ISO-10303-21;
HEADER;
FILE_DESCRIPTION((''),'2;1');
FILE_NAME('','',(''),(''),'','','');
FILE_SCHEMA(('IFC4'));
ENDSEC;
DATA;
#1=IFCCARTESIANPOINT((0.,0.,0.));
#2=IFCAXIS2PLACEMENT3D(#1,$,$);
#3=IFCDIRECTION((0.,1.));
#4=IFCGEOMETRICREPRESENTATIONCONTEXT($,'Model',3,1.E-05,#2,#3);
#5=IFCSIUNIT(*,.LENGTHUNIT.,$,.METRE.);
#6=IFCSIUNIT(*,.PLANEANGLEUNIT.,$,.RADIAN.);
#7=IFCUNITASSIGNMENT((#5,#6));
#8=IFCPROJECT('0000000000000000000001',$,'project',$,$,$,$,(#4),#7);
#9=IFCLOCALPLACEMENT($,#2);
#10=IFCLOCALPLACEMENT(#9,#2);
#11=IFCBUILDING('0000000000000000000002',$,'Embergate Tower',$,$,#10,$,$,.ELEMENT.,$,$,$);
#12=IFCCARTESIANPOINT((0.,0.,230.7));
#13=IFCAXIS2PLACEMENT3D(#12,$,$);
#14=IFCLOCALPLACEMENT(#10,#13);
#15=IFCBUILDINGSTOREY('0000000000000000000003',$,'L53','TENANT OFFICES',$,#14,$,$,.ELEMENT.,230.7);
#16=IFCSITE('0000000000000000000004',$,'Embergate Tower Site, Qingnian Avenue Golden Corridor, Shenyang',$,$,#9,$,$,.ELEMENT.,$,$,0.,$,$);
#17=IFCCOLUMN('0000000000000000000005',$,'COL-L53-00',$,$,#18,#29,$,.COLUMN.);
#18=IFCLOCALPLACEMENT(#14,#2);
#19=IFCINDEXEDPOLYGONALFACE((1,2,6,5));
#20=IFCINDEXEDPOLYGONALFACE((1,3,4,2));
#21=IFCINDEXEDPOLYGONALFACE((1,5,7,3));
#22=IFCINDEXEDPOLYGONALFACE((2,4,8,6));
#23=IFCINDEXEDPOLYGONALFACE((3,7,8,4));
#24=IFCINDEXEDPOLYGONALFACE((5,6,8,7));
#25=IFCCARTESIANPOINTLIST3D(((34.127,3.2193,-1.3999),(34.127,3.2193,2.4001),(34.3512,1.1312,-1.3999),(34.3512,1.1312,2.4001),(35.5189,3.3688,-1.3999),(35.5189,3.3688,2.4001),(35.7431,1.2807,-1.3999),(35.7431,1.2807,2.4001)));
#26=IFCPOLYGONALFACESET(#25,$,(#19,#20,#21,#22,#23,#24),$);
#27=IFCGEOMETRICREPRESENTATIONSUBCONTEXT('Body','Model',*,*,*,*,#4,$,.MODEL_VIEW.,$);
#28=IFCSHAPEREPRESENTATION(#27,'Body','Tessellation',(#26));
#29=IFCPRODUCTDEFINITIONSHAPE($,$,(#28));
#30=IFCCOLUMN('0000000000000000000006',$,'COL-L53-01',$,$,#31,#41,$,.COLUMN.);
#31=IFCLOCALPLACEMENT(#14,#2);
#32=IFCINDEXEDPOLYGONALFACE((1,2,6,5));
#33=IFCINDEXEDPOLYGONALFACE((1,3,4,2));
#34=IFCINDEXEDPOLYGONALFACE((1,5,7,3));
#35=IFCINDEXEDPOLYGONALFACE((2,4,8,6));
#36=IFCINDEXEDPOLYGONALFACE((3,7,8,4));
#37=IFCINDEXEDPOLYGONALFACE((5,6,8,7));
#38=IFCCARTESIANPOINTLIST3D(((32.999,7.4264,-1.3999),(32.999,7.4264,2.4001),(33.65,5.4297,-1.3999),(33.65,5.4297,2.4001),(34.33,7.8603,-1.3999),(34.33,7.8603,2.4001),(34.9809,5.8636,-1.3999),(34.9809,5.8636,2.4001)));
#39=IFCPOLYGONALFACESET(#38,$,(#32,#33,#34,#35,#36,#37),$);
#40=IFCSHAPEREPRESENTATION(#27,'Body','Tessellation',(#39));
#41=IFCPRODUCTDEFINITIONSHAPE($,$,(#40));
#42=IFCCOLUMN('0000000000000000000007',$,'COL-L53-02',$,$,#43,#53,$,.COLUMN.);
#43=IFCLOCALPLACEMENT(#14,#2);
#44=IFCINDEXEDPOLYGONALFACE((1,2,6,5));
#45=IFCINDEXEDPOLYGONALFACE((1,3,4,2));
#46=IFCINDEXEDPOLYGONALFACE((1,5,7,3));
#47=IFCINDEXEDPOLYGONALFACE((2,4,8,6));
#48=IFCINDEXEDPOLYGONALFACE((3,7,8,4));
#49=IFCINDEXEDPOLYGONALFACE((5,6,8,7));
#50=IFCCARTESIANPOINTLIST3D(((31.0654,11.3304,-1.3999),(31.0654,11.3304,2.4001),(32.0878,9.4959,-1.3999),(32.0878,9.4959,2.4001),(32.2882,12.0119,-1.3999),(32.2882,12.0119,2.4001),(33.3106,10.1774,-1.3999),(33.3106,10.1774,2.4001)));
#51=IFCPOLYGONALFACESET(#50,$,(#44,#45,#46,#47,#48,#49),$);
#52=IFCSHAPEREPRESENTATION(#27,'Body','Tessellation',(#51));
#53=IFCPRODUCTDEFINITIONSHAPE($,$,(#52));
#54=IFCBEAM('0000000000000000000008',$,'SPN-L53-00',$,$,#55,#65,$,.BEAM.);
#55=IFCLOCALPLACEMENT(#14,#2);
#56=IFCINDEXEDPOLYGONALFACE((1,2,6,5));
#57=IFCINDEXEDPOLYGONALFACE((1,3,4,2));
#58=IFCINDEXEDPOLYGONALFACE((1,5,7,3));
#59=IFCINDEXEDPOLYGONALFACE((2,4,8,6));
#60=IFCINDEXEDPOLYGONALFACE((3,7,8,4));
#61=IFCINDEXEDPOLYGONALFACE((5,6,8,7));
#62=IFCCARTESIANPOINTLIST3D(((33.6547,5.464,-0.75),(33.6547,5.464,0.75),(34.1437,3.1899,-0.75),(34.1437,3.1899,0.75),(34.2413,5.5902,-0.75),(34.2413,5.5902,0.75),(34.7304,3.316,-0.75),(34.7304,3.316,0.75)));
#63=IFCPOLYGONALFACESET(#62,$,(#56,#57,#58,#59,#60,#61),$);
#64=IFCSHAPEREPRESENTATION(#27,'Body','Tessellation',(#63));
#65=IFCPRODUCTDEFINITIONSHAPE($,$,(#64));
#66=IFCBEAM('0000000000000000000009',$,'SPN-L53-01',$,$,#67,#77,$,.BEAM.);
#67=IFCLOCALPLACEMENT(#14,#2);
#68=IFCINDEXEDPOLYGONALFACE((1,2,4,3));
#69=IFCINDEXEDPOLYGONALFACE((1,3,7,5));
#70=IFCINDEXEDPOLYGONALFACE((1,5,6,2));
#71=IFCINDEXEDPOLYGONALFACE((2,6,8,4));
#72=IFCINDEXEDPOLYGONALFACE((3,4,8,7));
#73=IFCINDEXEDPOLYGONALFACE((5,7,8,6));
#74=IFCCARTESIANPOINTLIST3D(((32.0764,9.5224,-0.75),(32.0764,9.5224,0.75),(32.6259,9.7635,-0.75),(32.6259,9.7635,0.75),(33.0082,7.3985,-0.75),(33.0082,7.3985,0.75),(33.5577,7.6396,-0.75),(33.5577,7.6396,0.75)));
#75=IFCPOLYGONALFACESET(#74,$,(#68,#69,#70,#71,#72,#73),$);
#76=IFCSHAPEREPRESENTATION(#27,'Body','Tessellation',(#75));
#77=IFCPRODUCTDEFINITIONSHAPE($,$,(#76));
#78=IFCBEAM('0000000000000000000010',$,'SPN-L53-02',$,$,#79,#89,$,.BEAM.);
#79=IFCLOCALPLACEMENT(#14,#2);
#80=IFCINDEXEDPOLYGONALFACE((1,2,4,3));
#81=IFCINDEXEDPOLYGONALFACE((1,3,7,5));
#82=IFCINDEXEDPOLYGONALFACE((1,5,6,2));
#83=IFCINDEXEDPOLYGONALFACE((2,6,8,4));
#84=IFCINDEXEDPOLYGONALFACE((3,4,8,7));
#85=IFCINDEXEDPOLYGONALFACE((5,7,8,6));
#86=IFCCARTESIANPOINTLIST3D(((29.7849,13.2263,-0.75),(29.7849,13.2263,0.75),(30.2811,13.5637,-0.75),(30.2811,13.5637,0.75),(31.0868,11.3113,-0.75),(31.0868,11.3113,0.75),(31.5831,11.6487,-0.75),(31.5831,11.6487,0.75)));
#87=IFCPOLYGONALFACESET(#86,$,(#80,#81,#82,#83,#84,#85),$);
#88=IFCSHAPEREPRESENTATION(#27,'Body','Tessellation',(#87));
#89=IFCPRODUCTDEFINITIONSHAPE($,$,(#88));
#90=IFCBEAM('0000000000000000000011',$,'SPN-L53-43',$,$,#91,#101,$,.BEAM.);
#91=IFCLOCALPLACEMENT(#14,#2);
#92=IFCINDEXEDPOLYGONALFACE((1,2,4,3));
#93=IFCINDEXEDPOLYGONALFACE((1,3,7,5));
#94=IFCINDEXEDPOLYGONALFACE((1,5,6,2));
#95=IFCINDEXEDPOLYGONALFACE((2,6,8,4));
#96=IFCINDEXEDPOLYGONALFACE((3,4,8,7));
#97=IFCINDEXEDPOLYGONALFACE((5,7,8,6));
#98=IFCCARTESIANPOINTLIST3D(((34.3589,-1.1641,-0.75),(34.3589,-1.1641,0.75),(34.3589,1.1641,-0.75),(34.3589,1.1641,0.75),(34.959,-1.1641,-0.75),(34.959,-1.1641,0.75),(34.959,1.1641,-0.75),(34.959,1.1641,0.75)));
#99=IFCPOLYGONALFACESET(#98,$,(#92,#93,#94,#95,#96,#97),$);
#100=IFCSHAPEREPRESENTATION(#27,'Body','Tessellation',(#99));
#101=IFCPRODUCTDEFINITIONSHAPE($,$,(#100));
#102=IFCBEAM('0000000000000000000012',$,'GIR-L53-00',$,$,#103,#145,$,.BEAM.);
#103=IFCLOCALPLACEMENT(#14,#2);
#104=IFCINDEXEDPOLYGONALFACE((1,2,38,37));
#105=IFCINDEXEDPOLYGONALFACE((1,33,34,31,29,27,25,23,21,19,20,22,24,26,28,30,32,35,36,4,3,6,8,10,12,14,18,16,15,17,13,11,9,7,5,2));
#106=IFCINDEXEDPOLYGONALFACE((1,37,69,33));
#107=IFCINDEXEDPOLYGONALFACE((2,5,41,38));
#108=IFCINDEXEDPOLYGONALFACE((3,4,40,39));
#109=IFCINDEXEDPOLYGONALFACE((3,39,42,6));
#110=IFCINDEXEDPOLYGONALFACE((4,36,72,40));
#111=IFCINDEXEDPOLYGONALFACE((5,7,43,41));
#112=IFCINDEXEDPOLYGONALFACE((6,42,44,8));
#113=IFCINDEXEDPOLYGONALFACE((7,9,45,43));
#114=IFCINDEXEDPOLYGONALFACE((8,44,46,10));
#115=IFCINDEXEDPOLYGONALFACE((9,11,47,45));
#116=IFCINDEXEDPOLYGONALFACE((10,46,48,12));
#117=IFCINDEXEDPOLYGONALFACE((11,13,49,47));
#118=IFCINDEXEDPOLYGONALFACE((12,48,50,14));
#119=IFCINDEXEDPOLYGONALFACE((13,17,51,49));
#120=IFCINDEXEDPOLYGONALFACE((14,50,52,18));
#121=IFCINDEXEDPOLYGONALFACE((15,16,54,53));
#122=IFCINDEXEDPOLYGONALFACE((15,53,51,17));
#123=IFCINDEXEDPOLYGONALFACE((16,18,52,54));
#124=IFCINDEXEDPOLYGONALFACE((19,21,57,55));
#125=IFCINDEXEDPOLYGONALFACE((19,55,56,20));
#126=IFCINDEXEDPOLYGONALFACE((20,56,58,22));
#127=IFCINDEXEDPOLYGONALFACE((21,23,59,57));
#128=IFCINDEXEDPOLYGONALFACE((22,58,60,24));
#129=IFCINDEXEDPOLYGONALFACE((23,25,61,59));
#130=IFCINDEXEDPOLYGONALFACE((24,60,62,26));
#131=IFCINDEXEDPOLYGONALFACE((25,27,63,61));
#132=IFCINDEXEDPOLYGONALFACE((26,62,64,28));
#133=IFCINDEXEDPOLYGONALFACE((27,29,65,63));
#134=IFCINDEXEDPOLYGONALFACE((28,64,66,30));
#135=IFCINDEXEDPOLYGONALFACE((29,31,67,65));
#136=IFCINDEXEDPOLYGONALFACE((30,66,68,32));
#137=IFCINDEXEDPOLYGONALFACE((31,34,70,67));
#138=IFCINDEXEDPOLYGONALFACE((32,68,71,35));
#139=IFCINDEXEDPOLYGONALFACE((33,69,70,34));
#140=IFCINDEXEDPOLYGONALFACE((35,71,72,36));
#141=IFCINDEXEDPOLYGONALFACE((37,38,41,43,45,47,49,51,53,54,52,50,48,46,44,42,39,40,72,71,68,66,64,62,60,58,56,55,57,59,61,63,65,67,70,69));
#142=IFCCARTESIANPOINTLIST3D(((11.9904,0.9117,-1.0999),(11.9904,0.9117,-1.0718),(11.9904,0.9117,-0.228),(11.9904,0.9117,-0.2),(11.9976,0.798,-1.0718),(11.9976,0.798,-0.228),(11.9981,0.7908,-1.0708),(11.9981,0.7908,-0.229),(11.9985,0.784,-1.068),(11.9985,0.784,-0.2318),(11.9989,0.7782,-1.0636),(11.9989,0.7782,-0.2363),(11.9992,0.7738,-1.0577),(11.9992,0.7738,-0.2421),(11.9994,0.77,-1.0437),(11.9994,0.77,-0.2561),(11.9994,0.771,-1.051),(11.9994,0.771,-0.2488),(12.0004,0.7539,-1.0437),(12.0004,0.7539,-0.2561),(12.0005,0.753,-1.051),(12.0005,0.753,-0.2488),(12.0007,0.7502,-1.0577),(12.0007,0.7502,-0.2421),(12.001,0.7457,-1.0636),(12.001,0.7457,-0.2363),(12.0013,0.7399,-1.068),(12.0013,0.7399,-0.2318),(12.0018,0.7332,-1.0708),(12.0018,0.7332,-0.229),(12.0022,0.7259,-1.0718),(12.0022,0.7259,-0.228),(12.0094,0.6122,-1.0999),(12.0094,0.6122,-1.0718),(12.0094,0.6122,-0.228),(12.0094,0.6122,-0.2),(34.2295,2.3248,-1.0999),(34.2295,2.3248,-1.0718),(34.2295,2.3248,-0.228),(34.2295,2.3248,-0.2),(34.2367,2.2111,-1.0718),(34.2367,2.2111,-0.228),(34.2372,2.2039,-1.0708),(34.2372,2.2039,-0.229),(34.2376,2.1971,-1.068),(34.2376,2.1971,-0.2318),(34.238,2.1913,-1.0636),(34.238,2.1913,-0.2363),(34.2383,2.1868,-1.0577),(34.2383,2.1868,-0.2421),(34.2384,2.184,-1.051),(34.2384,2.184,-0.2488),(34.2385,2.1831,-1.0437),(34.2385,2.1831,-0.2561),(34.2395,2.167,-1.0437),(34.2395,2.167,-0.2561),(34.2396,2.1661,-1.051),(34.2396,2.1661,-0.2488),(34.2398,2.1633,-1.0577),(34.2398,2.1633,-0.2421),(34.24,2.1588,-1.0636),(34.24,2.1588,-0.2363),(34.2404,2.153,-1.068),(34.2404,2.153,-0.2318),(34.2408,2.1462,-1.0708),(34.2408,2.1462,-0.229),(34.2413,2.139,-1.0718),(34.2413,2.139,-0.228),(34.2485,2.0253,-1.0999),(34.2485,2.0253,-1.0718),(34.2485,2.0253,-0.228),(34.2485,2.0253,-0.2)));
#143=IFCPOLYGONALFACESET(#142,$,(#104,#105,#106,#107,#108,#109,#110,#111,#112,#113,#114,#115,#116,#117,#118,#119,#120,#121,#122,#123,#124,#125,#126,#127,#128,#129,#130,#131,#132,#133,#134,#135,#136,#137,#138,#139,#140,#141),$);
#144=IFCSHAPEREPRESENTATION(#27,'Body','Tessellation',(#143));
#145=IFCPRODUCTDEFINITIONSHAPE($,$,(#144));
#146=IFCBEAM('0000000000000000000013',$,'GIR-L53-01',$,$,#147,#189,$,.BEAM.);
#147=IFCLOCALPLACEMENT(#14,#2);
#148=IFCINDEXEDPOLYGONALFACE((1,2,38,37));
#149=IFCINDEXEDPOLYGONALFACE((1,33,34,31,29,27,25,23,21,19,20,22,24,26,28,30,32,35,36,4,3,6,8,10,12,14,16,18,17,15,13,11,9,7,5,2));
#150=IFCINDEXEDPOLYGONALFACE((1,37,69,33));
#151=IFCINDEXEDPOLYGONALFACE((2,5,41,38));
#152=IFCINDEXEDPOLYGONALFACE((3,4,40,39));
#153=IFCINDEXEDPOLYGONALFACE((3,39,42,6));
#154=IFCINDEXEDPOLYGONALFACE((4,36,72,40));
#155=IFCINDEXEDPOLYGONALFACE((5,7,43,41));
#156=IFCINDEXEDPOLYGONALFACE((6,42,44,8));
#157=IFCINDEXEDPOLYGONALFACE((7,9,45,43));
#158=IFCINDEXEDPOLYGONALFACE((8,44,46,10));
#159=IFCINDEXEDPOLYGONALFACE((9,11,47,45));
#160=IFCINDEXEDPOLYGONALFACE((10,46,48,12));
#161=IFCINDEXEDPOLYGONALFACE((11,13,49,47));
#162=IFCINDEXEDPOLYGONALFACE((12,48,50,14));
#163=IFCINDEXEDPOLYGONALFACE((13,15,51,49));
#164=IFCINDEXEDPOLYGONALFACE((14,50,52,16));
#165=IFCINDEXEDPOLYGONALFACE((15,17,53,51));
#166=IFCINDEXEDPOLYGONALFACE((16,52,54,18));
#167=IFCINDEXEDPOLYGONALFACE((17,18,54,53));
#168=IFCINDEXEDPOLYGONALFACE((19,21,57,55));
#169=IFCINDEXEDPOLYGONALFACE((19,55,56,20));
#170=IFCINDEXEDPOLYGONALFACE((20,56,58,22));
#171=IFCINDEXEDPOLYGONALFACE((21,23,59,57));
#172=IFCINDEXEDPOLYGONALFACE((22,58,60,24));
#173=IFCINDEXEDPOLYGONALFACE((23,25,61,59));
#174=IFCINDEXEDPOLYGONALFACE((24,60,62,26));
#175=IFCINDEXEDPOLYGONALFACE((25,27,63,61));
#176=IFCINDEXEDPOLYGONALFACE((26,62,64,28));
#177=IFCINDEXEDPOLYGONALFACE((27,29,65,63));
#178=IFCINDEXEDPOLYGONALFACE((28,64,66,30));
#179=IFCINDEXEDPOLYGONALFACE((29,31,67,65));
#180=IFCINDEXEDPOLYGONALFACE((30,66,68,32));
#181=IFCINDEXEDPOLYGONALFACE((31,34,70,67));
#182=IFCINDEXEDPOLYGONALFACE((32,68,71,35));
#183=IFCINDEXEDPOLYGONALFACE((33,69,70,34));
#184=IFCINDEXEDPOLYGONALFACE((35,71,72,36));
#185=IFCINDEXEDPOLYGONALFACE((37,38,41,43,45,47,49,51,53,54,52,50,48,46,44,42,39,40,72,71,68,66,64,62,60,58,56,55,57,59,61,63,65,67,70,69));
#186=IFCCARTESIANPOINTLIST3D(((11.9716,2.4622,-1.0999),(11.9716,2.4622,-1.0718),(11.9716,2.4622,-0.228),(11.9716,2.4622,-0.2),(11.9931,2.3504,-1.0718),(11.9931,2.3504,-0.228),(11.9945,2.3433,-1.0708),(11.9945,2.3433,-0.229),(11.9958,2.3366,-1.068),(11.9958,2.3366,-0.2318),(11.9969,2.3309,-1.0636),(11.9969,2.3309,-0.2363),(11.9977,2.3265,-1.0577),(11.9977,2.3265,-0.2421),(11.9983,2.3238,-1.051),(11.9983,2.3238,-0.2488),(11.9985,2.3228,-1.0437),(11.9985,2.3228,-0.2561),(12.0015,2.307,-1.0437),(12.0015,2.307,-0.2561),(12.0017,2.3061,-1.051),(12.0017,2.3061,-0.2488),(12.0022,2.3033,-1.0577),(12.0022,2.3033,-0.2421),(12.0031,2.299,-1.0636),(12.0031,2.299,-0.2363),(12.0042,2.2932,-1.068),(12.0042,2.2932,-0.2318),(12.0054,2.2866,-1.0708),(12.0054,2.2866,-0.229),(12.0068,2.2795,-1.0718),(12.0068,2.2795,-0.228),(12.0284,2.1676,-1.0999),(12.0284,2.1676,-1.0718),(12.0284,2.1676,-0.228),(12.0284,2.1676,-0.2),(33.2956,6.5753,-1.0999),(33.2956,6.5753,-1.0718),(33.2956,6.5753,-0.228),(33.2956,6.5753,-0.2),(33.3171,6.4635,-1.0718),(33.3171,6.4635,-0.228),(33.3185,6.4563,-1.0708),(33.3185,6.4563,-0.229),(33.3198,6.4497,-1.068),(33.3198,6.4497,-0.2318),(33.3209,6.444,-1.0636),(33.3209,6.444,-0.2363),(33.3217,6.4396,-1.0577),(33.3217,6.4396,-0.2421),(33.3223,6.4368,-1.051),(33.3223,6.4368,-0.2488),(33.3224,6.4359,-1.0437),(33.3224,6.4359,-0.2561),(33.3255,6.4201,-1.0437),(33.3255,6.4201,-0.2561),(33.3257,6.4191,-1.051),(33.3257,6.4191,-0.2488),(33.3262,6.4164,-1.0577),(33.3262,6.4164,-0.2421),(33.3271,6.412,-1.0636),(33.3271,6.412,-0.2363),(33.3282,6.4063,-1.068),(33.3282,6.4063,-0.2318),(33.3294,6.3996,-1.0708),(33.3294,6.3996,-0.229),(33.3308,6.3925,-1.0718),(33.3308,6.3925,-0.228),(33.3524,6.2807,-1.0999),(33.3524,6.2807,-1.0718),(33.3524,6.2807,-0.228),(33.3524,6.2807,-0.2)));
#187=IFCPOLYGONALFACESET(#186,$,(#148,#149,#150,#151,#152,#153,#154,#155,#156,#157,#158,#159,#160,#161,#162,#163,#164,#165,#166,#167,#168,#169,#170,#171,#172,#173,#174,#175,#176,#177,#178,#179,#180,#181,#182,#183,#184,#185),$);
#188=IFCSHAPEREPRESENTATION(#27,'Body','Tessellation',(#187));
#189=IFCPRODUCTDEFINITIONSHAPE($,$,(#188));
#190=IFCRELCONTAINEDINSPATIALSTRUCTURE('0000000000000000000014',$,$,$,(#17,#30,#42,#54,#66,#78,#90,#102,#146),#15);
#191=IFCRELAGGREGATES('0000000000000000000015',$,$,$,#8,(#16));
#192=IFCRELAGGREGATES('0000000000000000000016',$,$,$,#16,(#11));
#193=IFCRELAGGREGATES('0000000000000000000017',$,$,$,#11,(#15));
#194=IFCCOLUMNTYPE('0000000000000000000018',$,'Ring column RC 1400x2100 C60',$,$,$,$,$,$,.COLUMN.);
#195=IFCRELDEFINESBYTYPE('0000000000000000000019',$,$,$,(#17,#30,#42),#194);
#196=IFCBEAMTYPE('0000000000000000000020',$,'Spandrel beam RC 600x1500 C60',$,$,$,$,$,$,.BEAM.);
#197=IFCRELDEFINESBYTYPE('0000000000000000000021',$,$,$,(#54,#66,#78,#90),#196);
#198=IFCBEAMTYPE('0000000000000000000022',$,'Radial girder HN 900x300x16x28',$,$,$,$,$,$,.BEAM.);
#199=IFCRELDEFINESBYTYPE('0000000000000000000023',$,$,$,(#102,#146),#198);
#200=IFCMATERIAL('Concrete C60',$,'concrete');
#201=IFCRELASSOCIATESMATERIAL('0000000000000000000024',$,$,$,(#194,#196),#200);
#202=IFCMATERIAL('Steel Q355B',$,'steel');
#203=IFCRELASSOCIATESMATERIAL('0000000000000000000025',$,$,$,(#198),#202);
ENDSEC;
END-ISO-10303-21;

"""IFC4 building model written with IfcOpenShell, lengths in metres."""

from ifc_helpers import new_model, si_unit, direction, frame, origin, origin_2d, place, context, subcontext, project, spatial, rectangle, i_section, extrude, source, transform, mapped, material, material_profile, profile_set, type_object, element, save


model = new_model("IFC4")

# Units and contexts
model_context = context("Model", 3, precision=1e-05, world=origin(), true_north=direction((0.0, 1.0)))
body_context = subcontext(model_context, "Body", "Model", "MODEL_VIEW")
ifc_project = project(units=[si_unit("LENGTHUNIT", "METRE"), si_unit("PLANEANGLEUNIT", "RADIAN")], contexts=[model_context])

# Site, building, storey
site_placement = place(None, origin())
site = spatial("IfcSite", under=ifc_project, at=site_placement, Name="Embergate Tower Site, Qingnian Avenue Golden Corridor, Shenyang", CompositionType="ELEMENT", RefElevation=0.0)
building_placement = place(site_placement, origin())
building = spatial("IfcBuilding", under=site, at=building_placement, Name="Embergate Tower", CompositionType="ELEMENT")
storey_placement = place(building_placement, frame((0.0, 0.0, 230.7)))
storey = spatial("IfcBuildingStorey", under=building, at=storey_placement, Name="L53", Description="TENANT OFFICES", CompositionType="ELEMENT", Elevation=230.7)

# Columns
ifc_material_1 = material(Name="Concrete C60", Category="concrete")
ifc_material_profile_1 = material_profile(ifc_material_1, rectangle(XDim=1.3999, YDim=2.1001, at=origin_2d()), Name="RC 1400x2100")
ifc_profile_set_1 = profile_set([ifc_material_profile_1], Name="Concrete C60")
column_type = type_object("IfcColumnType", Name="Ring column RC 1400x2100 C60", PredefinedType="COLUMN", material=ifc_profile_set_1)
shared_shape_1 = source(origin(), body_context, "Body", "SweptSolid", [
    extrude(rectangle(XDim=1.3999, YDim=2.1001, at=origin_2d()), origin(), (0.0, 0.0, 1.0), 3.8),
])
for number, where, z_axis, x_axis, name in (
    (1, (34.9351, 2.25, -1.3999), (0.0, 0.0, 1.0), (0.994286, 0.10675, 0.0), "COL-L53-00"),
    (2, (33.99, 6.645, -1.3999), (0.0, 0.0, 1.0), (0.950754, 0.309946, 0.0), "COL-L53-01"),
    (3, (32.188, 10.7539, -1.3999), (0.0, 0.0, 1.0), (0.8735, 0.486823, 0.0), "COL-L53-02"),
):
    element("IfcColumn", number, at=place(storey_placement, frame(where, z_axis=z_axis, x_axis=x_axis)), inside=storey, type_object=column_type, Name=name, PredefinedType="COLUMN", context=body_context, shape_type="MappedRepresentation", body=[
        mapped(shared_shape_1, transform((0.0, 0.0, 0.0))),
    ])

# Beams
ifc_material_profile_2 = material_profile(ifc_material_1, rectangle(XDim=0.6001, YDim=1.5, at=origin_2d()), Name="RC 600x1500")
ifc_profile_set_2 = profile_set([ifc_material_profile_2], Name="Concrete C60")
beam_type_1 = type_object("IfcBeamType", Name="Spandrel beam RC 600x1500 C60", PredefinedType="BEAM", material=ifc_profile_set_2)
shared_shape_2 = source(origin(), body_context, "Body", "SweptSolid", [
    extrude(rectangle(XDim=0.6001, YDim=1.5, at=origin_2d()), origin(), (0.0, 0.0, 1.0), 2.3262),
])
beam_1_placement = place(storey_placement, frame((34.437, 3.2529, 0.0), z_axis=(-0.210224, 0.977653, 0.0), x_axis=(-0.977653, -0.210224, 0.0)))
element("IfcBeam", 4, at=beam_1_placement, inside=storey, type_object=beam_type_1, Name="SPN-L53-00", PredefinedType="BEAM", context=body_context, shape_type="MappedRepresentation", body=[
    mapped(shared_shape_2, transform((0.0, 0.0, 0.0))),
])
shared_shape_3 = source(origin(), body_context, "Body", "SweptSolid", [
    extrude(rectangle(XDim=0.6001, YDim=1.5, at=origin_2d()), origin(), (0.0, 0.0, 1.0), 2.3193),
])
beam_2_placement = place(storey_placement, frame((33.283, 7.519, 0.0), z_axis=(-0.401768, 0.915741, 0.0), x_axis=(-0.915741, -0.401768, 0.0)))
element("IfcBeam", 5, at=beam_2_placement, inside=storey, type_object=beam_type_1, Name="SPN-L53-01", PredefinedType="BEAM", context=body_context, shape_type="MappedRepresentation", body=[
    mapped(shared_shape_3, transform((0.0, 0.0, 0.0))),
])
shared_shape_4 = source(origin(), body_context, "Body", "SweptSolid", [
    extrude(rectangle(XDim=0.6001, YDim=1.5, at=origin_2d()), origin(), (0.0, 0.0, 1.0), 2.3157),
])
beam_3_placement = place(storey_placement, frame((31.335, 11.48, 0.0), z_axis=(-0.562244, 0.826972, 0.0), x_axis=(-0.826972, -0.562244, 0.0)))
element("IfcBeam", 6, at=beam_3_placement, inside=storey, type_object=beam_type_1, Name="SPN-L53-02", PredefinedType="BEAM", context=body_context, shape_type="MappedRepresentation", body=[
    mapped(shared_shape_4, transform((0.0, 0.0, 0.0))),
])
shared_shape_5 = source(origin(), body_context, "Body", "SweptSolid", [
    extrude(rectangle(XDim=0.6001, YDim=1.5, at=origin_2d()), origin(), (0.0, 0.0, 1.0), 2.3281),
])
beam_4_placement = place(storey_placement, frame((34.6589, -1.1641, 0.0), z_axis=(0.0, 1.0, 0.0), x_axis=(-1.0, 0.0, 0.0)))
element("IfcBeam", 7, at=beam_4_placement, inside=storey, type_object=beam_type_1, Name="SPN-L53-43", PredefinedType="BEAM", context=body_context, shape_type="MappedRepresentation", body=[
    mapped(shared_shape_5, transform((0.0, 0.0, 0.0))),
])
ifc_material_2 = material(Name="Steel Q355B", Category="steel")
ifc_material_profile_3 = material_profile(ifc_material_2, i_section(OverallWidth=0.3, OverallDepth=0.8999, WebThickness=0.0161, FlangeThickness=0.0281, FilletRadius=0.0281, at=origin_2d()), Name="HN 900x300x16x28")
ifc_profile_set_3 = profile_set([ifc_material_profile_3], Name="Steel Q355 grade B")
beam_type_2 = type_object("IfcBeamType", Name="Radial girder HN 900x300x16x28", PredefinedType="BEAM", material=ifc_profile_set_3)
shared_shape_6 = source(origin(), body_context, "Body", "SweptSolid", [
    extrude(i_section(OverallWidth=0.3, OverallDepth=0.8999, WebThickness=0.0161, FlangeThickness=0.0281, FilletRadius=0.0281, at=origin_2d()), origin(), (0.0, 0.0, 1.0), 22.2839),
])
beam_5_placement = place(storey_placement, frame((34.239, 2.175, -0.6499), z_axis=(-0.997987, -0.063413, 0.0), x_axis=(0.063413, -0.997987, 0.0)))
element("IfcBeam", 8, at=beam_5_placement, inside=storey, type_object=beam_type_2, Name="GIR-L53-00", PredefinedType="BEAM", context=body_context, shape_type="MappedRepresentation", body=[
    mapped(shared_shape_6, transform((0.0, 0.0, 0.0))),
])
shared_shape_7 = source(origin(), body_context, "Body", "SweptSolid", [
    extrude(i_section(OverallWidth=0.3, OverallDepth=0.8999, WebThickness=0.0161, FlangeThickness=0.0281, FilletRadius=0.0281, at=origin_2d()), origin(), (0.0, 0.0, 1.0), 21.717),
])
beam_6_placement = place(storey_placement, frame((33.324, 6.428, -0.6499), z_axis=(-0.981901, -0.189392, 0.0), x_axis=(0.189392, -0.981901, 0.0)))
element("IfcBeam", 9, at=beam_6_placement, inside=storey, type_object=beam_type_2, Name="GIR-L53-01", PredefinedType="BEAM", context=body_context, shape_type="MappedRepresentation", body=[
    mapped(shared_shape_7, transform((0.0, 0.0, 0.0))),
])

save(model, "model.ifc")
